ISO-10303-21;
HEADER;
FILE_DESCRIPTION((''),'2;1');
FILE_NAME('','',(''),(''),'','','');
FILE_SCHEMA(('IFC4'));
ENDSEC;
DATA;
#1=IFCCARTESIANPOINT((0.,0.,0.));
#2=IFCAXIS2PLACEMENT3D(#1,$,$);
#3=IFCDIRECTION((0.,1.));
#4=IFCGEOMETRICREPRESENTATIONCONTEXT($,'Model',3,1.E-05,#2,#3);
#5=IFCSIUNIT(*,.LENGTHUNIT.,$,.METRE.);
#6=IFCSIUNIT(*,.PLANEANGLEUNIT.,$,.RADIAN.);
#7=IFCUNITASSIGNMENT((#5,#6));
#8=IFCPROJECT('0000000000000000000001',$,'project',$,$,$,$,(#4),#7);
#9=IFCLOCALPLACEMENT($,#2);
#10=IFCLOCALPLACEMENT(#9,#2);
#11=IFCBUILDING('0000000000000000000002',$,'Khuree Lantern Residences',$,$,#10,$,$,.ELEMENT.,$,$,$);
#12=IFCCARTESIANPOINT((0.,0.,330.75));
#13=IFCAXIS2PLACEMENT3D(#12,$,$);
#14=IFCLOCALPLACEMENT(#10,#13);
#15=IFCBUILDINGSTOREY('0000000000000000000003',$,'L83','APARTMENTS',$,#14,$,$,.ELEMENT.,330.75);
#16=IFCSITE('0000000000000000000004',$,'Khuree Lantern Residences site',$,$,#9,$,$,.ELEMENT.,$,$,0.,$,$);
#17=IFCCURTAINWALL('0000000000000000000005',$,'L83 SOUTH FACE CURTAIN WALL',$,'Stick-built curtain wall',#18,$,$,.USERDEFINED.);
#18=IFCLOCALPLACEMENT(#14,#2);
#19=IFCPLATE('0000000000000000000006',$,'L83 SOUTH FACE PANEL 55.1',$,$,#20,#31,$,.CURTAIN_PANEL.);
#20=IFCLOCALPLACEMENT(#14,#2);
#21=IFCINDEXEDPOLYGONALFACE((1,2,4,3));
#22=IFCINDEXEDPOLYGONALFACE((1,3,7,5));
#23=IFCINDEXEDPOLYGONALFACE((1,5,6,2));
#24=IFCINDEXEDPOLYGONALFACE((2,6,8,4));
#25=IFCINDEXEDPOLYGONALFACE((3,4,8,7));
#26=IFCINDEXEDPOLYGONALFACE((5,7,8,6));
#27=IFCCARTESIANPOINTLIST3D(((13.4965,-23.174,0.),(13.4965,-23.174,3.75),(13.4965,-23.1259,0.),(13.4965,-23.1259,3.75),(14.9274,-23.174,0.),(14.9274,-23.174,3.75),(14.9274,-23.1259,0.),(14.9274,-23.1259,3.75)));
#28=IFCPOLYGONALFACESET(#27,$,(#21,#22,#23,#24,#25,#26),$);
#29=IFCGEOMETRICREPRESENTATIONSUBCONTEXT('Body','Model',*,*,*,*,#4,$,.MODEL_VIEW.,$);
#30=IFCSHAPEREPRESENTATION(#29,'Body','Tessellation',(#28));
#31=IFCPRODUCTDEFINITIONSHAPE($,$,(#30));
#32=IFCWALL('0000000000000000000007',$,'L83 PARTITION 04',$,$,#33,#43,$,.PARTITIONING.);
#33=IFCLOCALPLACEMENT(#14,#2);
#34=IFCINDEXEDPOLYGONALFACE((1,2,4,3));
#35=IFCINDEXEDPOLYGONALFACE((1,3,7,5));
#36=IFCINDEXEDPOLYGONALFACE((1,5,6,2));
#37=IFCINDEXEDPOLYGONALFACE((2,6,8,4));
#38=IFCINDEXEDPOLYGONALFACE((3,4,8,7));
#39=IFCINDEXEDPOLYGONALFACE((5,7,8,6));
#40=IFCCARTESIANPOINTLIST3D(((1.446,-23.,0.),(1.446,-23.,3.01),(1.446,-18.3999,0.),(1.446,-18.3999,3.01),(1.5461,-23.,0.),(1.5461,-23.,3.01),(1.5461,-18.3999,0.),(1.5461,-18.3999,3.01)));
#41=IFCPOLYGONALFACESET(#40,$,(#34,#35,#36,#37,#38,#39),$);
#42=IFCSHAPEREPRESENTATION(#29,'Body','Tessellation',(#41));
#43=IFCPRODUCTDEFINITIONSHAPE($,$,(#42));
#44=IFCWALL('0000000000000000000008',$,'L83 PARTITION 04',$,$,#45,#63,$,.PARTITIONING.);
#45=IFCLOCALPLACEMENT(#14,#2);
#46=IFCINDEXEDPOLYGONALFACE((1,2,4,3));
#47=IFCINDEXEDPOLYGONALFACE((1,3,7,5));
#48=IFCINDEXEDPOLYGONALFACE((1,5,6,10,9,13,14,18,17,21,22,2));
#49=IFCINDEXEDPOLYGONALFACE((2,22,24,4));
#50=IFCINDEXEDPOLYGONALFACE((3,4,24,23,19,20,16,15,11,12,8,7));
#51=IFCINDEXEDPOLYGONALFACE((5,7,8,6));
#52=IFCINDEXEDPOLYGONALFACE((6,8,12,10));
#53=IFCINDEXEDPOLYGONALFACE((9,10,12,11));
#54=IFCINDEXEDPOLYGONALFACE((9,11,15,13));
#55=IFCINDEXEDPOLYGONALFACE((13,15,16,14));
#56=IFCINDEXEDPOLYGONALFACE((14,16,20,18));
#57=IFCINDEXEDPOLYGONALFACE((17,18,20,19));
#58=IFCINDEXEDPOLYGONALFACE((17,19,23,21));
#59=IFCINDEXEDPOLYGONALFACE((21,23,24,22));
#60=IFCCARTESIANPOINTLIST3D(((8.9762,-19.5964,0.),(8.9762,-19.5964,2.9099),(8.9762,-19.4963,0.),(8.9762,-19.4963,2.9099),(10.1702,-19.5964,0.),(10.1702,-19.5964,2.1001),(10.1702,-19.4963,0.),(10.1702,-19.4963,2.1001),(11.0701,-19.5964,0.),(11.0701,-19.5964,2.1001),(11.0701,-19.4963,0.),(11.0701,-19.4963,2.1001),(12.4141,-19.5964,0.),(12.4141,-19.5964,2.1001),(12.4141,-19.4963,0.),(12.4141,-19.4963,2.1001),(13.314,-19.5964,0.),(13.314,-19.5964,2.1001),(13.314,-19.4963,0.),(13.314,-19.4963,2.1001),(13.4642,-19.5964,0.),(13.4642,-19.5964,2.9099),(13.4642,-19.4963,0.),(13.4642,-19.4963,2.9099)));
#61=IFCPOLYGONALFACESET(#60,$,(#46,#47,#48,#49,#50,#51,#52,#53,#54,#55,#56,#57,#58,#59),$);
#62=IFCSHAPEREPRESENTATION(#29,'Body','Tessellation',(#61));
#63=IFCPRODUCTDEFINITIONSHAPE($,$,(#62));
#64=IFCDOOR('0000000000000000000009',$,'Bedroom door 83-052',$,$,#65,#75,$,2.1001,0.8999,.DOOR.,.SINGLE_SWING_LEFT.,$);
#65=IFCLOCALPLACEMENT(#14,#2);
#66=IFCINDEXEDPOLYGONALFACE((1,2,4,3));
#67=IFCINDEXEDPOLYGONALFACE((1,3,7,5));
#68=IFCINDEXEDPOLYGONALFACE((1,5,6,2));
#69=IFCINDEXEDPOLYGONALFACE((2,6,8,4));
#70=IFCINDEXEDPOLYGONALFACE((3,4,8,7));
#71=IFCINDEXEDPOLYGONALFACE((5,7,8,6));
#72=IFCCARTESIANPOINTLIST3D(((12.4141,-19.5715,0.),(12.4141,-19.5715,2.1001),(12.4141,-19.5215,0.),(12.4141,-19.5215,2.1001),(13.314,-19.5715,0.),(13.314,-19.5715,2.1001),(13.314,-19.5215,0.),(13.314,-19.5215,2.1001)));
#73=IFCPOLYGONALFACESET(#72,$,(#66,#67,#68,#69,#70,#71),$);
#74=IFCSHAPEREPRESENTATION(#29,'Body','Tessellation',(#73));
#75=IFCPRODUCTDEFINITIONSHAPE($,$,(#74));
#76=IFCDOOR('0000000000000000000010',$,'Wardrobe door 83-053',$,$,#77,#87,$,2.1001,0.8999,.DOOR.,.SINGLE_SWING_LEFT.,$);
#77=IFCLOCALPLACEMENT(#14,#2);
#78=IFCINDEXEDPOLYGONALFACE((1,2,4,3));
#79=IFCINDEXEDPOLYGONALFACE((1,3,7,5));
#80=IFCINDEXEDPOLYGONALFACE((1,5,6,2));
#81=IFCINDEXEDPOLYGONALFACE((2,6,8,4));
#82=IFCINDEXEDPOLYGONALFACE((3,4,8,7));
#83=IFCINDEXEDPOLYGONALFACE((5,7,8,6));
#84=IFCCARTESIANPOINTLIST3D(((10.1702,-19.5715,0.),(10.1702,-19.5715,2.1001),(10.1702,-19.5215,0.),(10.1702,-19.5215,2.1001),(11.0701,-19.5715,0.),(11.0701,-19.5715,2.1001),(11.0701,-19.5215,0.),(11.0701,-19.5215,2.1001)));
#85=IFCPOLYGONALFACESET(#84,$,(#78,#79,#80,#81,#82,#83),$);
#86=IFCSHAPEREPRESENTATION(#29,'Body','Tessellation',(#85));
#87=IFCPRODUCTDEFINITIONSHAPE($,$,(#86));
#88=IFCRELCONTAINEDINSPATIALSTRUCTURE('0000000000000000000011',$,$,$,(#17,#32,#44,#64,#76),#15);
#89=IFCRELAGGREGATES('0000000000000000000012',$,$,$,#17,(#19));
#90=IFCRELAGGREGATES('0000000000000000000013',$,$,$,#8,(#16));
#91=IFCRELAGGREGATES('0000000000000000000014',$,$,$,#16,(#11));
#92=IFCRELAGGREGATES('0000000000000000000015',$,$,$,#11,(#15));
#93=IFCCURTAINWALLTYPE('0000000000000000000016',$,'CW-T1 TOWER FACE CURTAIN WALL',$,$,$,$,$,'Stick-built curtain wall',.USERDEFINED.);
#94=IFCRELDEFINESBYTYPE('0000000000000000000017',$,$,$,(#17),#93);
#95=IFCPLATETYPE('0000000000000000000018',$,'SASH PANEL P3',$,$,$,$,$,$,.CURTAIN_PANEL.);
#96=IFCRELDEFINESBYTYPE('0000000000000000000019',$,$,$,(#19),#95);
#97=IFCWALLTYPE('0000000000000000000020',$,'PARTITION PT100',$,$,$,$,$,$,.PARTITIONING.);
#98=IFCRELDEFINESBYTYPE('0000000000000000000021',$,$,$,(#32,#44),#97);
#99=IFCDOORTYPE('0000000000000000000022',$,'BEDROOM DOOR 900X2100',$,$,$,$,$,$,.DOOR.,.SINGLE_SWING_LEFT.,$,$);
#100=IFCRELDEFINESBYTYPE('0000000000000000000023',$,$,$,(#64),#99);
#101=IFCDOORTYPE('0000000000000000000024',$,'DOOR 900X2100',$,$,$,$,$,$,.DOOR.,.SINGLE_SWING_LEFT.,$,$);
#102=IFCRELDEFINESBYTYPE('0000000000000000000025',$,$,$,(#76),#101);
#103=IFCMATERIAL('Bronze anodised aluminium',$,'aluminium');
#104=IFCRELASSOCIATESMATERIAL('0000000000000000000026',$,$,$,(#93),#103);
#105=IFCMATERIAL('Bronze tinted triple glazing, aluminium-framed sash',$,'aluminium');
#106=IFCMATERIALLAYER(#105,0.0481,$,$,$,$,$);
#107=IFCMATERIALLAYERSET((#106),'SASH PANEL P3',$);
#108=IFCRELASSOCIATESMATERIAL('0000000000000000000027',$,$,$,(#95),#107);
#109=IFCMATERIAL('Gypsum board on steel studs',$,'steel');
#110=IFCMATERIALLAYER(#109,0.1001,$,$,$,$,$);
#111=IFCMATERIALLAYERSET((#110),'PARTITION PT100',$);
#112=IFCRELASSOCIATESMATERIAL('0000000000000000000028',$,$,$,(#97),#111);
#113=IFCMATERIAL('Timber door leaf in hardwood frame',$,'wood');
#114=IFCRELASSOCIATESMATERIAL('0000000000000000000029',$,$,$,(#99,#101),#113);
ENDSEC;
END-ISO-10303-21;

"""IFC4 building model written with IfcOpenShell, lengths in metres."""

from ifc_helpers import new_model, si_unit, direction, frame, frame_2d, origin, origin_2d, place, context, subcontext, project, spatial, rectangle, extrude, material, layer, layer_set, type_object, element, fill, aggregate, save


model = new_model("IFC4")

# Units and contexts
model_context = context("Model", 3, precision=1e-05, world=origin(), true_north=direction((0.0, 1.0)))
body_context = subcontext(model_context, "Body", "Model", "MODEL_VIEW")
ifc_project = project(units=[si_unit("LENGTHUNIT", "METRE"), si_unit("PLANEANGLEUNIT", "RADIAN")], contexts=[model_context])

# Site, building, storey
site_placement = place(None, origin())
site = spatial("IfcSite", under=ifc_project, at=site_placement, Name="Khuree Lantern Residences site", CompositionType="ELEMENT", RefElevation=0.0)
building_placement = place(site_placement, origin())
building = spatial("IfcBuilding", under=site, at=building_placement, Name="Khuree Lantern Residences", CompositionType="ELEMENT")
storey_placement = place(building_placement, frame((0.0, 0.0, 330.75)))
storey = spatial("IfcBuildingStorey", under=building, at=storey_placement, Name="L83", Description="APARTMENTS", CompositionType="ELEMENT", Elevation=330.75)

# Curtain wall
ifc_material_1 = material(Name="Bronze anodised aluminium", Category="aluminium")
curtain_wall_type = type_object("IfcCurtainWallType", Name="CW-T1 TOWER FACE CURTAIN WALL", ElementType="Stick-built curtain wall", PredefinedType="USERDEFINED", material=ifc_material_1)
curtain_wall_placement = place(storey_placement, origin())
curtain_wall = element("IfcCurtainWall", 1, at=curtain_wall_placement, inside=storey, type_object=curtain_wall_type, Name="L83 SOUTH FACE CURTAIN WALL", ObjectType="Stick-built curtain wall", PredefinedType="USERDEFINED")

# Plate
ifc_material_2 = material(Name="Bronze tinted triple glazing, aluminium-framed sash", Category="aluminium")
ifc_layer_1 = layer(ifc_material_2, 0.0481)
ifc_layer_set_1 = layer_set([ifc_layer_1], Name="SASH PANEL P3")
plate_type_1 = type_object("IfcPlateType", Name="SASH PANEL P3", PredefinedType="CURTAIN_PANEL", material=ifc_layer_set_1)
plate_1_placement = place(storey_placement, frame((14.2119, -23.1499, 0.0), z_axis=(0.0, 0.0, 1.0), x_axis=(1.0, 0.0, 0.0)))
plate_1 = element("IfcPlate", 2, at=plate_1_placement, type_object=plate_type_1, Name="L83 SOUTH FACE PANEL 55.1", PredefinedType="CURTAIN_PANEL", context=body_context, shape_type="SweptSolid", body=[
    extrude(rectangle(XDim=1.4309, YDim=0.0481, at=origin_2d()), origin(), (0.0, 0.0, 1.0), 3.75),
])
aggregate(curtain_wall, [plate_1])

# Wall
ifc_material_3 = material(Name="Gypsum board on steel studs", Category="steel")
ifc_layer_2 = layer(ifc_material_3, 0.1001)
ifc_layer_set_2 = layer_set([ifc_layer_2], Name="PARTITION PT100")
wall_type = type_object("IfcWallType", Name="PARTITION PT100", PredefinedType="PARTITIONING", material=ifc_layer_set_2)
wall_1_placement = place(storey_placement, frame((1.4961, -18.3999, 0.0), z_axis=(0.0, 0.0, 1.0), x_axis=(0.0, -1.0, 0.0)))
element("IfcWall", 3, at=wall_1_placement, inside=storey, type_object=wall_type, Name="L83 PARTITION 04", PredefinedType="PARTITIONING", context=body_context, shape_type="SweptSolid", body=[
    extrude(rectangle(XDim=4.6001, YDim=0.1001, at=frame_2d((2.3, 0.0))), origin(), (0.0, 0.0, 1.0), 3.01),
])

# Wall, openings, doors
wall_2_placement = place(storey_placement, frame((8.9761, -19.5464, 0.0), z_axis=(0.0, 0.0, 1.0), x_axis=(1.0, 0.0, 0.0)))
wall_2 = element("IfcWall", 4, at=wall_2_placement, inside=storey, type_object=wall_type, Name="L83 PARTITION 04", PredefinedType="PARTITIONING", context=body_context, shape_type="SweptSolid", body=[
    extrude(rectangle(XDim=4.488, YDim=0.1001, at=frame_2d((2.2441, 0.0))), origin(), (0.0, 0.0, 1.0), 2.9099),
])
opening_1_placement = place(wall_2_placement, frame((3.438, 0.0, 0.0)))
opening_1 = element("IfcOpeningElement", 5, at=opening_1_placement, cuts=wall_2, PredefinedType="OPENING", context=body_context, shape_type="SweptSolid", body=[
    extrude(rectangle(XDim=0.8999, YDim=2.1001, at=frame_2d((0.45, 1.05))), frame((0.0, 0.0601, 0.0), z_axis=(0.0, -1.0, 0.0), x_axis=(1.0, 0.0, 0.0)), (0.0, 0.0, 1.0), 0.1201),
])
opening_2_placement = place(wall_2_placement, frame((1.1941, 0.0, 0.0)))
opening_2 = element("IfcOpeningElement", 6, at=opening_2_placement, cuts=wall_2, PredefinedType="OPENING", context=body_context, shape_type="SweptSolid", body=[
    extrude(rectangle(XDim=0.8999, YDim=2.1001, at=frame_2d((0.45, 1.05))), frame((0.0, 0.0601, 0.0), z_axis=(0.0, -1.0, 0.0), x_axis=(1.0, 0.0, 0.0)), (0.0, 0.0, 1.0), 0.1201),
])
ifc_material_4 = material(Name="Timber door leaf in hardwood frame", Category="wood")
door_type_1 = type_object("IfcDoorType", Name="BEDROOM DOOR 900X2100", OperationType="SINGLE_SWING_LEFT", PredefinedType="DOOR", material=ifc_material_4)
door_1_placement = place(opening_1_placement, origin())
door_1 = element("IfcDoor", 7, at=door_1_placement, inside=storey, type_object=door_type_1, Name="Bedroom door 83-052", OperationType="SINGLE_SWING_LEFT", OverallHeight=2.1001, OverallWidth=0.8999, PredefinedType="DOOR", context=body_context, shape_type="SweptSolid", body=[
    extrude(rectangle(XDim=0.8999, YDim=2.1001, at=frame_2d((0.45, 1.05))), frame((0.0, 0.0249, 0.0), z_axis=(0.0, -1.0, 0.0), x_axis=(1.0, 0.0, 0.0)), (0.0, 0.0, 1.0), 0.05),
])
fill(opening_1, door_1)
door_type_2 = type_object("IfcDoorType", Name="DOOR 900X2100", OperationType="SINGLE_SWING_LEFT", PredefinedType="DOOR", material=ifc_material_4)
door_2_placement = place(opening_2_placement, origin())
door_2 = element("IfcDoor", 8, at=door_2_placement, inside=storey, type_object=door_type_2, Name="Wardrobe door 83-053", OperationType="SINGLE_SWING_LEFT", OverallHeight=2.1001, OverallWidth=0.8999, PredefinedType="DOOR", context=body_context, shape_type="SweptSolid", body=[
    extrude(rectangle(XDim=0.8999, YDim=2.1001, at=frame_2d((0.45, 1.05))), frame((0.0, 0.0249, 0.0), z_axis=(0.0, -1.0, 0.0), x_axis=(1.0, 0.0, 0.0)), (0.0, 0.0, 1.0), 0.05),
])
fill(opening_2, door_2)

save(model, "model.ifc")
